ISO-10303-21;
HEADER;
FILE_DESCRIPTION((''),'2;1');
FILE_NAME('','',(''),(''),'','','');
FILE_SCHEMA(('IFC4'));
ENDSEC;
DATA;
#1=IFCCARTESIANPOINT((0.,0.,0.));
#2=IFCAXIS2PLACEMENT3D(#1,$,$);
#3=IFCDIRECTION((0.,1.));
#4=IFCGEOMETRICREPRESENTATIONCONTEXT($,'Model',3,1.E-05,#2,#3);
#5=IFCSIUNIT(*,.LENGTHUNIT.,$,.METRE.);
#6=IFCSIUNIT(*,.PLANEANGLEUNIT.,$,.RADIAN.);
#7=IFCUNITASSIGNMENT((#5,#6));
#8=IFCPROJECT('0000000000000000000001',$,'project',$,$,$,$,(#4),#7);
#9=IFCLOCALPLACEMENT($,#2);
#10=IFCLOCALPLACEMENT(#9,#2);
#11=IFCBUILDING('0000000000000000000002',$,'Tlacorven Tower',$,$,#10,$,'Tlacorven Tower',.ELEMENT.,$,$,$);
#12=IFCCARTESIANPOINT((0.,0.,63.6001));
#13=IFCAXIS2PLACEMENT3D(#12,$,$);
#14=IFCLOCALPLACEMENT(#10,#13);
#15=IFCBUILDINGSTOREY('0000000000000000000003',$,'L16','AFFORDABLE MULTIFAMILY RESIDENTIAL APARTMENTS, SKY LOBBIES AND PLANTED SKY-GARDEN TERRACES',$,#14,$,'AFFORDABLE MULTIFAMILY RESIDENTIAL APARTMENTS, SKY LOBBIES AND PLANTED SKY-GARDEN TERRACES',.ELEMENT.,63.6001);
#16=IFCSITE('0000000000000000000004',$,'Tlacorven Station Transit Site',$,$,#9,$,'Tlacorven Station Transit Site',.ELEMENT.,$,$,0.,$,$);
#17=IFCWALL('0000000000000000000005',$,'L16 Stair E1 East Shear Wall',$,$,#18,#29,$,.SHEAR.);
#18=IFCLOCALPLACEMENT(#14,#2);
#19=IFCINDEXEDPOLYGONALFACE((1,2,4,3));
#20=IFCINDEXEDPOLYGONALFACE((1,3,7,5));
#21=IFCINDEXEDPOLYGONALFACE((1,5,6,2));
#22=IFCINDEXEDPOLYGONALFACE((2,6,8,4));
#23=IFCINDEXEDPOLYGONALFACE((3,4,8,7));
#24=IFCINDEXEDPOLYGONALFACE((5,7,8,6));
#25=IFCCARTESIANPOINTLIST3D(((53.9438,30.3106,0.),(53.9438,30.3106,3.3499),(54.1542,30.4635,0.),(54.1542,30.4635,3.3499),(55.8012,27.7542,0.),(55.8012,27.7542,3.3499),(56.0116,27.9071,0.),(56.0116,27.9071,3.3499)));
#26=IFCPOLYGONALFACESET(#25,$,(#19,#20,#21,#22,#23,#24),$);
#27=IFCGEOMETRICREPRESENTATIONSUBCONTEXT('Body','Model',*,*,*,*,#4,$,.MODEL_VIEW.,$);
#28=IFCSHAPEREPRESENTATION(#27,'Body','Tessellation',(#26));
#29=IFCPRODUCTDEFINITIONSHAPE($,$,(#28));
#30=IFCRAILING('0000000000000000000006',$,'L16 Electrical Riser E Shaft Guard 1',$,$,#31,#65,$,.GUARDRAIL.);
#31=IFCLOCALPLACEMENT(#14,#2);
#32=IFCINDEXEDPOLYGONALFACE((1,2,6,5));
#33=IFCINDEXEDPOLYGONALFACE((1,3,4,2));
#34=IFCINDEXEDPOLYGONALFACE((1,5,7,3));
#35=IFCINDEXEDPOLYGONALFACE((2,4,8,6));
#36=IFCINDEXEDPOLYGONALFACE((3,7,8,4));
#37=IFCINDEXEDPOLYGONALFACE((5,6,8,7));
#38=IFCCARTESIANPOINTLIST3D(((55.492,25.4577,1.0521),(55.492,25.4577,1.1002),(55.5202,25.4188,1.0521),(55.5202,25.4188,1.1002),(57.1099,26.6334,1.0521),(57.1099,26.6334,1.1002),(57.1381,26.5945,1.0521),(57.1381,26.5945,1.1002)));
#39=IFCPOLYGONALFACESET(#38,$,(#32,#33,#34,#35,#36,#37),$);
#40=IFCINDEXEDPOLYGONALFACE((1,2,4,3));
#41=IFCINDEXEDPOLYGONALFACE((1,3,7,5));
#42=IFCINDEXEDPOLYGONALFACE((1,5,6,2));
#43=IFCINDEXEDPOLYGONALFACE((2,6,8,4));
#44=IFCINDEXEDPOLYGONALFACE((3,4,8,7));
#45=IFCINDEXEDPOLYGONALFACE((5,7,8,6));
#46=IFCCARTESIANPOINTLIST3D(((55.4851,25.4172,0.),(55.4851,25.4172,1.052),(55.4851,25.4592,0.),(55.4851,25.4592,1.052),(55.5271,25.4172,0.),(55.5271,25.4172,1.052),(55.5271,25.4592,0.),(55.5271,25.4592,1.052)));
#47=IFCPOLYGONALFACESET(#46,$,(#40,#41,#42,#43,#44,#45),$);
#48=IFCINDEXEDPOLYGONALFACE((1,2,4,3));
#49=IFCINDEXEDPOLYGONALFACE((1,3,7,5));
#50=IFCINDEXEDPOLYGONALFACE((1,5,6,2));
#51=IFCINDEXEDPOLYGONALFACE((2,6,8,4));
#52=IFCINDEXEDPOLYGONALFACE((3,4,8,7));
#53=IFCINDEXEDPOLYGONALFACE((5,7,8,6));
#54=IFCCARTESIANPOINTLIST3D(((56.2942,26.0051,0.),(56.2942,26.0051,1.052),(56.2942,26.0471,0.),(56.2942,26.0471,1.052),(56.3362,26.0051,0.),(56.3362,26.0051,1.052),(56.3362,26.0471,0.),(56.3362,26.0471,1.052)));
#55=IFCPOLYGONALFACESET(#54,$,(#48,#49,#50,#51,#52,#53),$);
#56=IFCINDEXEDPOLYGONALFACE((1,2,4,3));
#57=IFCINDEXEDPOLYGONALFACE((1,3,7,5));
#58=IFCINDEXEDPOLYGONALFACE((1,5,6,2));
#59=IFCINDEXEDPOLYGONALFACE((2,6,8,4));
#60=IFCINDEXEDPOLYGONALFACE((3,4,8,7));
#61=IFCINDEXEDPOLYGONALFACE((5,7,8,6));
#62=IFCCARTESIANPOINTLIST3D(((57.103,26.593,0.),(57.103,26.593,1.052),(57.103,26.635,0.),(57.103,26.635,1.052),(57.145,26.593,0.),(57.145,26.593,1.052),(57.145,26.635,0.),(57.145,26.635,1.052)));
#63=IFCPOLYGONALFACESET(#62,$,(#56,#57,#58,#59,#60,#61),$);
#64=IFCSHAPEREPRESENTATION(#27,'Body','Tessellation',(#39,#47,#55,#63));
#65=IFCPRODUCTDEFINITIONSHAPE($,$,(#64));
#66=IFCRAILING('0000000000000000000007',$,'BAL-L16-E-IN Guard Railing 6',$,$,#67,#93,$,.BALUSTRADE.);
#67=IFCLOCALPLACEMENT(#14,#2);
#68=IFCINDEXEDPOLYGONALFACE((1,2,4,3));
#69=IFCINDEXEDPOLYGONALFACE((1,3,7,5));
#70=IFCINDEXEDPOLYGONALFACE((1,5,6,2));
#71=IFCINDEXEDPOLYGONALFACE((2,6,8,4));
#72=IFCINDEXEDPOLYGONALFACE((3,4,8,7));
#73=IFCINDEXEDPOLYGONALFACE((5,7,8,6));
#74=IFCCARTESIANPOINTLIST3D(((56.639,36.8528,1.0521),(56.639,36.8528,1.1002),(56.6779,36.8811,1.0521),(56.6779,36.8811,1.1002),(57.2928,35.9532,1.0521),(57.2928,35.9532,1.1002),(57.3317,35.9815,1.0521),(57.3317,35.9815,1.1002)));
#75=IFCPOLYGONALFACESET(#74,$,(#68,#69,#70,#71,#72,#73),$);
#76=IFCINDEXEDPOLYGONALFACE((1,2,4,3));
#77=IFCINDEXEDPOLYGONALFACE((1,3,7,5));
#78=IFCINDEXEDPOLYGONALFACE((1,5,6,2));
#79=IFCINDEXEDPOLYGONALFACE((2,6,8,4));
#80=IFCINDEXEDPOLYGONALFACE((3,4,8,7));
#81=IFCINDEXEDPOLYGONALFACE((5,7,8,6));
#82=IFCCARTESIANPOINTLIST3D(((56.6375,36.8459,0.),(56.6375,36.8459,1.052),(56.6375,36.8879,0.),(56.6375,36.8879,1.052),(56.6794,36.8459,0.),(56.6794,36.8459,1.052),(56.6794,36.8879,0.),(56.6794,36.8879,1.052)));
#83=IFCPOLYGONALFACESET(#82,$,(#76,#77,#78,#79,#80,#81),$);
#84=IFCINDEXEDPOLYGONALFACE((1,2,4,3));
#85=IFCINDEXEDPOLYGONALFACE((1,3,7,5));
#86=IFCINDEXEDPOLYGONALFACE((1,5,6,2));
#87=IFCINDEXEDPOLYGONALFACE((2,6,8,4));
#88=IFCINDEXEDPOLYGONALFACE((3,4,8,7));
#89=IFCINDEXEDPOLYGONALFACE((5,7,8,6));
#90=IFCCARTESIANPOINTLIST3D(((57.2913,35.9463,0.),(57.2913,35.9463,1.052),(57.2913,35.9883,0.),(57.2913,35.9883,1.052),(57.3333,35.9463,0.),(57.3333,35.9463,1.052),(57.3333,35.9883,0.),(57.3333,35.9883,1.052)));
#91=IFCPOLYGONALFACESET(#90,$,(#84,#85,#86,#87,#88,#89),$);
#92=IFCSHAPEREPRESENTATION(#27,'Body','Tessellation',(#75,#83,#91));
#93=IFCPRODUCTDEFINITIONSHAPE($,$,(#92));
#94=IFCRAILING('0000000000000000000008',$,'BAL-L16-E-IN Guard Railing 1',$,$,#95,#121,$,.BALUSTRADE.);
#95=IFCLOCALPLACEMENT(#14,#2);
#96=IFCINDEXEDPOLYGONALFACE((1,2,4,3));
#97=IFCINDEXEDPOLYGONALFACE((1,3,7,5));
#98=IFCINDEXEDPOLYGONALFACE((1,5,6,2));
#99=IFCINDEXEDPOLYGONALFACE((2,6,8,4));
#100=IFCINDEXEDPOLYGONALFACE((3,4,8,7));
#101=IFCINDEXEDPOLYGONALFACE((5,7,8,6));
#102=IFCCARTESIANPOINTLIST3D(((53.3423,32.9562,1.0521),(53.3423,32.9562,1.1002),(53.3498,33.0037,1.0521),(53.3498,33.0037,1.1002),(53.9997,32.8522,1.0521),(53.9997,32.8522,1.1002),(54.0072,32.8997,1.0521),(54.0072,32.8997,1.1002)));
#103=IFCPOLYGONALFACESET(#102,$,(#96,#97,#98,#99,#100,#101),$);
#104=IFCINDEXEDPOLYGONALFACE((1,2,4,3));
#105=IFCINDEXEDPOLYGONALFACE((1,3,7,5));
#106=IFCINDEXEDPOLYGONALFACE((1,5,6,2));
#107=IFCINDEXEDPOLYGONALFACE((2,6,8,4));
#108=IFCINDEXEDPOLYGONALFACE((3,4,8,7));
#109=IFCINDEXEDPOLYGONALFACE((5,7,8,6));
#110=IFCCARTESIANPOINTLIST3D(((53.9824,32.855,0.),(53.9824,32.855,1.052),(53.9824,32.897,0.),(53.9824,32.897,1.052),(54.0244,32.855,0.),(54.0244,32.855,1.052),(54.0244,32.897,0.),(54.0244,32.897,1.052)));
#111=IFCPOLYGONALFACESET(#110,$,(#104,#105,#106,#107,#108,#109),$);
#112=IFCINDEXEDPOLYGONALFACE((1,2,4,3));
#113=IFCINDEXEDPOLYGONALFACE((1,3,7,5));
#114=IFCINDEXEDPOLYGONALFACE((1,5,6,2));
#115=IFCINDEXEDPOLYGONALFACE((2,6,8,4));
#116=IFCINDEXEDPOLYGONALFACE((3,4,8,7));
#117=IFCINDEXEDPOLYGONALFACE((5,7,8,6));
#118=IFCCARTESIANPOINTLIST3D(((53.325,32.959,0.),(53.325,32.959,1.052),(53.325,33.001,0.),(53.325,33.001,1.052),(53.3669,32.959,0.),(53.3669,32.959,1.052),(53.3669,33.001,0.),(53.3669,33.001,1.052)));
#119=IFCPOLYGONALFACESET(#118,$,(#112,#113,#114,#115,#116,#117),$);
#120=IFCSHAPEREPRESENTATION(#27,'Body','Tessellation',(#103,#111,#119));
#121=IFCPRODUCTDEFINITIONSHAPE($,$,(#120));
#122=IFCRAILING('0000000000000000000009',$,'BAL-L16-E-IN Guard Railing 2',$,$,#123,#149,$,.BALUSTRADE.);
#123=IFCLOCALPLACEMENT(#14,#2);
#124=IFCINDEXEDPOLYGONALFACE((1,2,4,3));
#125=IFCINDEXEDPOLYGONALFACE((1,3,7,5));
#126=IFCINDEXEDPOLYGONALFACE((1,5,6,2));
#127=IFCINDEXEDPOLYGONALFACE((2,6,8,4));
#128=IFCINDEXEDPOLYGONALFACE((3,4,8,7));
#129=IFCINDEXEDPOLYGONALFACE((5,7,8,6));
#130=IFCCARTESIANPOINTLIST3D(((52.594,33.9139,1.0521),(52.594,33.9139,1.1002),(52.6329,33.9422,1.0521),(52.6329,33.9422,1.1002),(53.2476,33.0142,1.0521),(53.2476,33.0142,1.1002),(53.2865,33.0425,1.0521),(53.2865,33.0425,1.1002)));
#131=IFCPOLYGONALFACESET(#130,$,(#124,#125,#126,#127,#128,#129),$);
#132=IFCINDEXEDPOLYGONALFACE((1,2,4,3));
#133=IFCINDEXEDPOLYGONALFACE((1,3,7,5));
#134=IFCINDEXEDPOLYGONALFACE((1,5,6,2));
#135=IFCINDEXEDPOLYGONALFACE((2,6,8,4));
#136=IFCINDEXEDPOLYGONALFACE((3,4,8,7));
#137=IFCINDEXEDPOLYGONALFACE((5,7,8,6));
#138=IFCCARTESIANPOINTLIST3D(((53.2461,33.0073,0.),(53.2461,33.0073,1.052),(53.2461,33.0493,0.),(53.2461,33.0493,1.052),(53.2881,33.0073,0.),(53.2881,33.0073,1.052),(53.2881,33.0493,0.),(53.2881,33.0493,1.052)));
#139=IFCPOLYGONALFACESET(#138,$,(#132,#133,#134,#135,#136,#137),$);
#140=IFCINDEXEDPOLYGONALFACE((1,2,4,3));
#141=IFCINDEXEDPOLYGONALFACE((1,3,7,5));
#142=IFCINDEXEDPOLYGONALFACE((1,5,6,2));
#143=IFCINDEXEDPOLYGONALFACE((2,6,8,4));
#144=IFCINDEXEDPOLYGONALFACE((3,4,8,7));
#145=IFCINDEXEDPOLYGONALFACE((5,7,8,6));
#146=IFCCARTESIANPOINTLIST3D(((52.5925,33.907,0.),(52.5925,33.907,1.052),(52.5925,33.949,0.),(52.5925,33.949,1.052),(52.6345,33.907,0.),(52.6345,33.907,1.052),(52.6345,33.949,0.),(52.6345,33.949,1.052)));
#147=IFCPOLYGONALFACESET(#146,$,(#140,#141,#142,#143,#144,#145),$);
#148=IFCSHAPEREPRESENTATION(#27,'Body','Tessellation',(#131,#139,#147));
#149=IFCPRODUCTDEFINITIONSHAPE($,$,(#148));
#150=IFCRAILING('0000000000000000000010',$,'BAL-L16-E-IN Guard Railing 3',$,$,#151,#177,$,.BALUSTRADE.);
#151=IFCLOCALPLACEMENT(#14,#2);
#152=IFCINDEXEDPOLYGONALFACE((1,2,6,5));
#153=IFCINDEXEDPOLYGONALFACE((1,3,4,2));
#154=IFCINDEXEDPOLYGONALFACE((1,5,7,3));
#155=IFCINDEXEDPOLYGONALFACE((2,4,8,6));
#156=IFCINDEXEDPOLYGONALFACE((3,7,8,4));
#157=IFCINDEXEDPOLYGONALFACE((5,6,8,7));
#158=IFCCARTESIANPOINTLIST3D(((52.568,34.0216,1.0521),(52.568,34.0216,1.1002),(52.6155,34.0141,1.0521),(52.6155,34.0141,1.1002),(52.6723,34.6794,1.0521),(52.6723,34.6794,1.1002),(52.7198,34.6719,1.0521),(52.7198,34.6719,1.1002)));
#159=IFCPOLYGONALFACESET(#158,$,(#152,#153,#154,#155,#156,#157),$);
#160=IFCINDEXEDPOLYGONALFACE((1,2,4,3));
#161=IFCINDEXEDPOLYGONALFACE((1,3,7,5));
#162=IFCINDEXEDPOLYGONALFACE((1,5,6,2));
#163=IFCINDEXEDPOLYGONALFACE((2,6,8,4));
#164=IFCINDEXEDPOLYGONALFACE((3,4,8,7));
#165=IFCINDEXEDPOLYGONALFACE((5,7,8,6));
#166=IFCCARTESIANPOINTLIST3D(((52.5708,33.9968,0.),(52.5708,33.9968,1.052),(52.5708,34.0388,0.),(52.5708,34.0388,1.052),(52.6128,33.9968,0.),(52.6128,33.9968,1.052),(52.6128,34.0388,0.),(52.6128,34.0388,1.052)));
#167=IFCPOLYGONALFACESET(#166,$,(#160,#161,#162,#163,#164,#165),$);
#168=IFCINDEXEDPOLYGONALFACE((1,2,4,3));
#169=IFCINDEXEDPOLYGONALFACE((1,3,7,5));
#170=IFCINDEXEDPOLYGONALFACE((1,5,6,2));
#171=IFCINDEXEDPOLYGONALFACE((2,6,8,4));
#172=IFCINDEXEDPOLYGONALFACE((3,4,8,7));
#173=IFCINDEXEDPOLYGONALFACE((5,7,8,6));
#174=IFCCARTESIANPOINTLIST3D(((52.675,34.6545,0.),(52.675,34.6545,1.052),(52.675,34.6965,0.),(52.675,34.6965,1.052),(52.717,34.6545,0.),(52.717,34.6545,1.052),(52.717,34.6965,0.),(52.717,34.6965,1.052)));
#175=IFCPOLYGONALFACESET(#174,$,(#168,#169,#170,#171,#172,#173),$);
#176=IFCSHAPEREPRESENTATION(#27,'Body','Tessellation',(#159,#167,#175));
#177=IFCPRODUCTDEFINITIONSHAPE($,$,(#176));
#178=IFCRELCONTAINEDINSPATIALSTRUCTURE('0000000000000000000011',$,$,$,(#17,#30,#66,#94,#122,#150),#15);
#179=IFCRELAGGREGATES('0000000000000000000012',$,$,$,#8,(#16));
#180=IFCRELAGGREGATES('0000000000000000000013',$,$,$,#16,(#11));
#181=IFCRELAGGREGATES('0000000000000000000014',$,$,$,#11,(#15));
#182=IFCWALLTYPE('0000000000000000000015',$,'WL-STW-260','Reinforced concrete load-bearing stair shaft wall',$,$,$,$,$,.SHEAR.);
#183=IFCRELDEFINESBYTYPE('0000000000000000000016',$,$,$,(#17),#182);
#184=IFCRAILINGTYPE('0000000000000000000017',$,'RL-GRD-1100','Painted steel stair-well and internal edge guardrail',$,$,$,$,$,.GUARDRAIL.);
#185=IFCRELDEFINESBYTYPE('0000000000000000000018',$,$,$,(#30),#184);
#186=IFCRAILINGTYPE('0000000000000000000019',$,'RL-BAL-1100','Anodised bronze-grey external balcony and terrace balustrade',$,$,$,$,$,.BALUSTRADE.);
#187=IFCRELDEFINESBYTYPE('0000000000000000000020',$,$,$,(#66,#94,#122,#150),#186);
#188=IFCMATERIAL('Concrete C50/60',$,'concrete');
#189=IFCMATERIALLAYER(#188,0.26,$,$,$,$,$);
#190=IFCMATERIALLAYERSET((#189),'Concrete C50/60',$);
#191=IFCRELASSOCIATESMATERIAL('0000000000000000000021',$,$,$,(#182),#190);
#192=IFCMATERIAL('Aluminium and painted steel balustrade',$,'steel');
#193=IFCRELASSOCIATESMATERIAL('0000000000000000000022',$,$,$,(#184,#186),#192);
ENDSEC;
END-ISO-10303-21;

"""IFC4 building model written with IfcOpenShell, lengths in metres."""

from ifc_helpers import new_model, si_unit, direction, frame, frame_2d, origin, origin_2d, place, context, subcontext, project, spatial, rectangle, extrude, source, transform, mapped, material, layer, layer_set, type_object, element, save


model = new_model("IFC4")

# Units and contexts
model_context = context("Model", 3, precision=1e-05, world=origin(), true_north=direction((0.0, 1.0)))
body_context = subcontext(model_context, "Body", "Model", "MODEL_VIEW")
ifc_project = project(units=[si_unit("LENGTHUNIT", "METRE"), si_unit("PLANEANGLEUNIT", "RADIAN")], contexts=[model_context])

# Site, building, storey
site_placement = place(None, origin())
site = spatial("IfcSite", under=ifc_project, at=site_placement, Name="Tlacorven Station Transit Site", LongName="Tlacorven Station Transit Site", CompositionType="ELEMENT", RefElevation=0.0)
building_placement = place(site_placement, origin())
building = spatial("IfcBuilding", under=site, at=building_placement, Name="Tlacorven Tower", LongName="Tlacorven Tower", CompositionType="ELEMENT")
storey_placement = place(building_placement, frame((0.0, 0.0, 63.6001)))
storey = spatial("IfcBuildingStorey", under=building, at=storey_placement, Name="L16", Description="AFFORDABLE MULTIFAMILY RESIDENTIAL APARTMENTS, SKY LOBBIES AND PLANTED SKY-GARDEN TERRACES", LongName="AFFORDABLE MULTIFAMILY RESIDENTIAL APARTMENTS, SKY LOBBIES AND PLANTED SKY-GARDEN TERRACES", CompositionType="ELEMENT", Elevation=63.6001)

# Wall
ifc_material_1 = material(Name="Concrete C50/60", Category="concrete")
ifc_layer_1 = layer(ifc_material_1, 0.26)
ifc_layer_set_1 = layer_set([ifc_layer_1], Name="Concrete C50/60")
wall_type_1 = type_object("IfcWallType", Name="WL-STW-260", Description="Reinforced concrete load-bearing stair shaft wall", PredefinedType="SHEAR", material=ifc_layer_set_1)
wall_1_placement = place(storey_placement, frame((55.9065, 27.8306, 0.0), z_axis=(0.0, 0.0, 1.0), x_axis=(-0.587804, 0.809003, 0.0)))
element("IfcWall", 1, at=wall_1_placement, inside=storey, type_object=wall_type_1, Name="L16 Stair E1 East Shear Wall", PredefinedType="SHEAR", context=body_context, shape_type="SweptSolid", body=[
    extrude(rectangle(XDim=3.1599, YDim=0.26, at=frame_2d((1.5801, 0.0))), origin(), (0.0, 0.0, 1.0), 3.3499),
])

# Railings
ifc_material_2 = material(Name="Aluminium and painted steel balustrade", Category="steel")
railing_type_1 = type_object("IfcRailingType", Name="RL-GRD-1100", Description="Painted steel stair-well and internal edge guardrail", PredefinedType="GUARDRAIL", material=ifc_material_2)
shared_shape_1 = source(origin(), body_context, "Body", "SweptSolid", [
    extrude(rectangle(XDim=0.0481, YDim=0.0481, at=origin_2d()), frame((0.0, 0.0, 1.0762), z_axis=(0.808947, 0.587881, 0.0), x_axis=(-0.587881, 0.808947, 0.0)), (0.0, 0.0, 1.0), 2.0),
    extrude(rectangle(XDim=0.042, YDim=0.042, at=origin_2d()), origin(), (0.0, 0.0, 1.0), 1.052),
    extrude(rectangle(XDim=0.042, YDim=0.042, at=origin_2d()), frame((0.8091, 0.5879, 0.0)), (0.0, 0.0, 1.0), 1.052),
    extrude(rectangle(XDim=0.042, YDim=0.042, at=origin_2d()), frame((1.6179, 1.1758, 0.0)), (0.0, 0.0, 1.0), 1.052),
])
railing_1_placement = place(storey_placement, frame((55.5061, 25.4382, 0.0)))
element("IfcRailing", 2, at=railing_1_placement, inside=storey, type_object=railing_type_1, Name="L16 Electrical Riser E Shaft Guard 1", PredefinedType="GUARDRAIL", context=body_context, shape_type="MappedRepresentation", body=[
    mapped(shared_shape_1, transform((0.0, 0.0, 0.0), scale=1.0)),
])
railing_type_2 = type_object("IfcRailingType", Name="RL-BAL-1100", Description="Anodised bronze-grey external balcony and terrace balustrade", PredefinedType="BALUSTRADE", material=ifc_material_2)
shared_shape_2 = source(origin(), body_context, "Body", "SweptSolid", [
    extrude(rectangle(XDim=0.0481, YDim=0.0481, at=origin_2d()), frame((0.0, 0.0, 1.0762), z_axis=(0.587884, -0.808945, 0.0), x_axis=(0.808945, 0.587884, 0.0)), (0.0, 0.0, 1.0), 1.1121),
    extrude(rectangle(XDim=0.042, YDim=0.042, at=origin_2d()), origin(), (0.0, 0.0, 1.0), 1.052),
    extrude(rectangle(XDim=0.042, YDim=0.042, at=origin_2d()), frame((0.6538, -0.8997, 0.0)), (0.0, 0.0, 1.0), 1.052),
])
railing_2_placement = place(storey_placement, frame((56.6584, 36.8669, 0.0)))
element("IfcRailing", 3, at=railing_2_placement, inside=storey, type_object=railing_type_2, Name="BAL-L16-E-IN Guard Railing 6", PredefinedType="BALUSTRADE", context=body_context, shape_type="MappedRepresentation", body=[
    mapped(shared_shape_2, transform((0.0, 0.0, 0.0), scale=1.0)),
])
shared_shape_3 = source(origin(), body_context, "Body", "SweptSolid", [
    extrude(rectangle(XDim=0.0481, YDim=0.0481, at=origin_2d()), frame((0.0, 0.0, 1.0762), z_axis=(-0.987718, 0.156245, 0.0), x_axis=(-0.156245, -0.987718, 0.0)), (0.0, 0.0, 1.0), 0.6655),
    extrude(rectangle(XDim=0.042, YDim=0.042, at=origin_2d()), origin(), (0.0, 0.0, 1.0), 1.052),
    extrude(rectangle(XDim=0.042, YDim=0.042, at=origin_2d()), frame((-0.6575, 0.104, 0.0)), (0.0, 0.0, 1.0), 1.052),
])
railing_3_placement = place(storey_placement, frame((54.0034, 32.876, 0.0)))
element("IfcRailing", 4, at=railing_3_placement, inside=storey, type_object=railing_type_2, Name="BAL-L16-E-IN Guard Railing 1", PredefinedType="BALUSTRADE", context=body_context, shape_type="MappedRepresentation", body=[
    mapped(shared_shape_3, transform((0.0, 0.0, 0.0), scale=1.0)),
])
shared_shape_4 = source(origin(), body_context, "Body", "SweptSolid", [
    extrude(rectangle(XDim=0.0481, YDim=0.0481, at=origin_2d()), frame((0.0, 0.0, 1.0762), z_axis=(-0.587741, 0.809049, 0.0), x_axis=(-0.809049, -0.587741, 0.0)), (0.0, 0.0, 1.0), 1.1121),
    extrude(rectangle(XDim=0.042, YDim=0.042, at=origin_2d()), origin(), (0.0, 0.0, 1.0), 1.052),
    extrude(rectangle(XDim=0.042, YDim=0.042, at=origin_2d()), frame((-0.6536, 0.8997, 0.0)), (0.0, 0.0, 1.0), 1.052),
])
railing_4_placement = place(storey_placement, frame((53.2671, 33.0283, 0.0)))
element("IfcRailing", 5, at=railing_4_placement, inside=storey, type_object=railing_type_2, Name="BAL-L16-E-IN Guard Railing 2", PredefinedType="BALUSTRADE", context=body_context, shape_type="MappedRepresentation", body=[
    mapped(shared_shape_4, transform((0.0, 0.0, 0.0), scale=1.0)),
])
shared_shape_5 = source(origin(), body_context, "Body", "SweptSolid", [
    extrude(rectangle(XDim=0.0481, YDim=0.0481, at=origin_2d()), frame((0.0, 0.0, 1.0762), z_axis=(0.156546, 0.987671, 0.0), x_axis=(-0.987671, 0.156546, 0.0)), (0.0, 0.0, 1.0), 0.666),
    extrude(rectangle(XDim=0.042, YDim=0.042, at=origin_2d()), origin(), (0.0, 0.0, 1.0), 1.052),
    extrude(rectangle(XDim=0.042, YDim=0.042, at=origin_2d()), frame((0.1042, 0.6577, 0.0)), (0.0, 0.0, 1.0), 1.052),
])
railing_5_placement = place(storey_placement, frame((52.5918, 34.0178, 0.0)))
element("IfcRailing", 6, at=railing_5_placement, inside=storey, type_object=railing_type_2, Name="BAL-L16-E-IN Guard Railing 3", PredefinedType="BALUSTRADE", context=body_context, shape_type="MappedRepresentation", body=[
    mapped(shared_shape_5, transform((0.0, 0.0, 0.0), scale=1.0)),
])

save(model, "model.ifc")
